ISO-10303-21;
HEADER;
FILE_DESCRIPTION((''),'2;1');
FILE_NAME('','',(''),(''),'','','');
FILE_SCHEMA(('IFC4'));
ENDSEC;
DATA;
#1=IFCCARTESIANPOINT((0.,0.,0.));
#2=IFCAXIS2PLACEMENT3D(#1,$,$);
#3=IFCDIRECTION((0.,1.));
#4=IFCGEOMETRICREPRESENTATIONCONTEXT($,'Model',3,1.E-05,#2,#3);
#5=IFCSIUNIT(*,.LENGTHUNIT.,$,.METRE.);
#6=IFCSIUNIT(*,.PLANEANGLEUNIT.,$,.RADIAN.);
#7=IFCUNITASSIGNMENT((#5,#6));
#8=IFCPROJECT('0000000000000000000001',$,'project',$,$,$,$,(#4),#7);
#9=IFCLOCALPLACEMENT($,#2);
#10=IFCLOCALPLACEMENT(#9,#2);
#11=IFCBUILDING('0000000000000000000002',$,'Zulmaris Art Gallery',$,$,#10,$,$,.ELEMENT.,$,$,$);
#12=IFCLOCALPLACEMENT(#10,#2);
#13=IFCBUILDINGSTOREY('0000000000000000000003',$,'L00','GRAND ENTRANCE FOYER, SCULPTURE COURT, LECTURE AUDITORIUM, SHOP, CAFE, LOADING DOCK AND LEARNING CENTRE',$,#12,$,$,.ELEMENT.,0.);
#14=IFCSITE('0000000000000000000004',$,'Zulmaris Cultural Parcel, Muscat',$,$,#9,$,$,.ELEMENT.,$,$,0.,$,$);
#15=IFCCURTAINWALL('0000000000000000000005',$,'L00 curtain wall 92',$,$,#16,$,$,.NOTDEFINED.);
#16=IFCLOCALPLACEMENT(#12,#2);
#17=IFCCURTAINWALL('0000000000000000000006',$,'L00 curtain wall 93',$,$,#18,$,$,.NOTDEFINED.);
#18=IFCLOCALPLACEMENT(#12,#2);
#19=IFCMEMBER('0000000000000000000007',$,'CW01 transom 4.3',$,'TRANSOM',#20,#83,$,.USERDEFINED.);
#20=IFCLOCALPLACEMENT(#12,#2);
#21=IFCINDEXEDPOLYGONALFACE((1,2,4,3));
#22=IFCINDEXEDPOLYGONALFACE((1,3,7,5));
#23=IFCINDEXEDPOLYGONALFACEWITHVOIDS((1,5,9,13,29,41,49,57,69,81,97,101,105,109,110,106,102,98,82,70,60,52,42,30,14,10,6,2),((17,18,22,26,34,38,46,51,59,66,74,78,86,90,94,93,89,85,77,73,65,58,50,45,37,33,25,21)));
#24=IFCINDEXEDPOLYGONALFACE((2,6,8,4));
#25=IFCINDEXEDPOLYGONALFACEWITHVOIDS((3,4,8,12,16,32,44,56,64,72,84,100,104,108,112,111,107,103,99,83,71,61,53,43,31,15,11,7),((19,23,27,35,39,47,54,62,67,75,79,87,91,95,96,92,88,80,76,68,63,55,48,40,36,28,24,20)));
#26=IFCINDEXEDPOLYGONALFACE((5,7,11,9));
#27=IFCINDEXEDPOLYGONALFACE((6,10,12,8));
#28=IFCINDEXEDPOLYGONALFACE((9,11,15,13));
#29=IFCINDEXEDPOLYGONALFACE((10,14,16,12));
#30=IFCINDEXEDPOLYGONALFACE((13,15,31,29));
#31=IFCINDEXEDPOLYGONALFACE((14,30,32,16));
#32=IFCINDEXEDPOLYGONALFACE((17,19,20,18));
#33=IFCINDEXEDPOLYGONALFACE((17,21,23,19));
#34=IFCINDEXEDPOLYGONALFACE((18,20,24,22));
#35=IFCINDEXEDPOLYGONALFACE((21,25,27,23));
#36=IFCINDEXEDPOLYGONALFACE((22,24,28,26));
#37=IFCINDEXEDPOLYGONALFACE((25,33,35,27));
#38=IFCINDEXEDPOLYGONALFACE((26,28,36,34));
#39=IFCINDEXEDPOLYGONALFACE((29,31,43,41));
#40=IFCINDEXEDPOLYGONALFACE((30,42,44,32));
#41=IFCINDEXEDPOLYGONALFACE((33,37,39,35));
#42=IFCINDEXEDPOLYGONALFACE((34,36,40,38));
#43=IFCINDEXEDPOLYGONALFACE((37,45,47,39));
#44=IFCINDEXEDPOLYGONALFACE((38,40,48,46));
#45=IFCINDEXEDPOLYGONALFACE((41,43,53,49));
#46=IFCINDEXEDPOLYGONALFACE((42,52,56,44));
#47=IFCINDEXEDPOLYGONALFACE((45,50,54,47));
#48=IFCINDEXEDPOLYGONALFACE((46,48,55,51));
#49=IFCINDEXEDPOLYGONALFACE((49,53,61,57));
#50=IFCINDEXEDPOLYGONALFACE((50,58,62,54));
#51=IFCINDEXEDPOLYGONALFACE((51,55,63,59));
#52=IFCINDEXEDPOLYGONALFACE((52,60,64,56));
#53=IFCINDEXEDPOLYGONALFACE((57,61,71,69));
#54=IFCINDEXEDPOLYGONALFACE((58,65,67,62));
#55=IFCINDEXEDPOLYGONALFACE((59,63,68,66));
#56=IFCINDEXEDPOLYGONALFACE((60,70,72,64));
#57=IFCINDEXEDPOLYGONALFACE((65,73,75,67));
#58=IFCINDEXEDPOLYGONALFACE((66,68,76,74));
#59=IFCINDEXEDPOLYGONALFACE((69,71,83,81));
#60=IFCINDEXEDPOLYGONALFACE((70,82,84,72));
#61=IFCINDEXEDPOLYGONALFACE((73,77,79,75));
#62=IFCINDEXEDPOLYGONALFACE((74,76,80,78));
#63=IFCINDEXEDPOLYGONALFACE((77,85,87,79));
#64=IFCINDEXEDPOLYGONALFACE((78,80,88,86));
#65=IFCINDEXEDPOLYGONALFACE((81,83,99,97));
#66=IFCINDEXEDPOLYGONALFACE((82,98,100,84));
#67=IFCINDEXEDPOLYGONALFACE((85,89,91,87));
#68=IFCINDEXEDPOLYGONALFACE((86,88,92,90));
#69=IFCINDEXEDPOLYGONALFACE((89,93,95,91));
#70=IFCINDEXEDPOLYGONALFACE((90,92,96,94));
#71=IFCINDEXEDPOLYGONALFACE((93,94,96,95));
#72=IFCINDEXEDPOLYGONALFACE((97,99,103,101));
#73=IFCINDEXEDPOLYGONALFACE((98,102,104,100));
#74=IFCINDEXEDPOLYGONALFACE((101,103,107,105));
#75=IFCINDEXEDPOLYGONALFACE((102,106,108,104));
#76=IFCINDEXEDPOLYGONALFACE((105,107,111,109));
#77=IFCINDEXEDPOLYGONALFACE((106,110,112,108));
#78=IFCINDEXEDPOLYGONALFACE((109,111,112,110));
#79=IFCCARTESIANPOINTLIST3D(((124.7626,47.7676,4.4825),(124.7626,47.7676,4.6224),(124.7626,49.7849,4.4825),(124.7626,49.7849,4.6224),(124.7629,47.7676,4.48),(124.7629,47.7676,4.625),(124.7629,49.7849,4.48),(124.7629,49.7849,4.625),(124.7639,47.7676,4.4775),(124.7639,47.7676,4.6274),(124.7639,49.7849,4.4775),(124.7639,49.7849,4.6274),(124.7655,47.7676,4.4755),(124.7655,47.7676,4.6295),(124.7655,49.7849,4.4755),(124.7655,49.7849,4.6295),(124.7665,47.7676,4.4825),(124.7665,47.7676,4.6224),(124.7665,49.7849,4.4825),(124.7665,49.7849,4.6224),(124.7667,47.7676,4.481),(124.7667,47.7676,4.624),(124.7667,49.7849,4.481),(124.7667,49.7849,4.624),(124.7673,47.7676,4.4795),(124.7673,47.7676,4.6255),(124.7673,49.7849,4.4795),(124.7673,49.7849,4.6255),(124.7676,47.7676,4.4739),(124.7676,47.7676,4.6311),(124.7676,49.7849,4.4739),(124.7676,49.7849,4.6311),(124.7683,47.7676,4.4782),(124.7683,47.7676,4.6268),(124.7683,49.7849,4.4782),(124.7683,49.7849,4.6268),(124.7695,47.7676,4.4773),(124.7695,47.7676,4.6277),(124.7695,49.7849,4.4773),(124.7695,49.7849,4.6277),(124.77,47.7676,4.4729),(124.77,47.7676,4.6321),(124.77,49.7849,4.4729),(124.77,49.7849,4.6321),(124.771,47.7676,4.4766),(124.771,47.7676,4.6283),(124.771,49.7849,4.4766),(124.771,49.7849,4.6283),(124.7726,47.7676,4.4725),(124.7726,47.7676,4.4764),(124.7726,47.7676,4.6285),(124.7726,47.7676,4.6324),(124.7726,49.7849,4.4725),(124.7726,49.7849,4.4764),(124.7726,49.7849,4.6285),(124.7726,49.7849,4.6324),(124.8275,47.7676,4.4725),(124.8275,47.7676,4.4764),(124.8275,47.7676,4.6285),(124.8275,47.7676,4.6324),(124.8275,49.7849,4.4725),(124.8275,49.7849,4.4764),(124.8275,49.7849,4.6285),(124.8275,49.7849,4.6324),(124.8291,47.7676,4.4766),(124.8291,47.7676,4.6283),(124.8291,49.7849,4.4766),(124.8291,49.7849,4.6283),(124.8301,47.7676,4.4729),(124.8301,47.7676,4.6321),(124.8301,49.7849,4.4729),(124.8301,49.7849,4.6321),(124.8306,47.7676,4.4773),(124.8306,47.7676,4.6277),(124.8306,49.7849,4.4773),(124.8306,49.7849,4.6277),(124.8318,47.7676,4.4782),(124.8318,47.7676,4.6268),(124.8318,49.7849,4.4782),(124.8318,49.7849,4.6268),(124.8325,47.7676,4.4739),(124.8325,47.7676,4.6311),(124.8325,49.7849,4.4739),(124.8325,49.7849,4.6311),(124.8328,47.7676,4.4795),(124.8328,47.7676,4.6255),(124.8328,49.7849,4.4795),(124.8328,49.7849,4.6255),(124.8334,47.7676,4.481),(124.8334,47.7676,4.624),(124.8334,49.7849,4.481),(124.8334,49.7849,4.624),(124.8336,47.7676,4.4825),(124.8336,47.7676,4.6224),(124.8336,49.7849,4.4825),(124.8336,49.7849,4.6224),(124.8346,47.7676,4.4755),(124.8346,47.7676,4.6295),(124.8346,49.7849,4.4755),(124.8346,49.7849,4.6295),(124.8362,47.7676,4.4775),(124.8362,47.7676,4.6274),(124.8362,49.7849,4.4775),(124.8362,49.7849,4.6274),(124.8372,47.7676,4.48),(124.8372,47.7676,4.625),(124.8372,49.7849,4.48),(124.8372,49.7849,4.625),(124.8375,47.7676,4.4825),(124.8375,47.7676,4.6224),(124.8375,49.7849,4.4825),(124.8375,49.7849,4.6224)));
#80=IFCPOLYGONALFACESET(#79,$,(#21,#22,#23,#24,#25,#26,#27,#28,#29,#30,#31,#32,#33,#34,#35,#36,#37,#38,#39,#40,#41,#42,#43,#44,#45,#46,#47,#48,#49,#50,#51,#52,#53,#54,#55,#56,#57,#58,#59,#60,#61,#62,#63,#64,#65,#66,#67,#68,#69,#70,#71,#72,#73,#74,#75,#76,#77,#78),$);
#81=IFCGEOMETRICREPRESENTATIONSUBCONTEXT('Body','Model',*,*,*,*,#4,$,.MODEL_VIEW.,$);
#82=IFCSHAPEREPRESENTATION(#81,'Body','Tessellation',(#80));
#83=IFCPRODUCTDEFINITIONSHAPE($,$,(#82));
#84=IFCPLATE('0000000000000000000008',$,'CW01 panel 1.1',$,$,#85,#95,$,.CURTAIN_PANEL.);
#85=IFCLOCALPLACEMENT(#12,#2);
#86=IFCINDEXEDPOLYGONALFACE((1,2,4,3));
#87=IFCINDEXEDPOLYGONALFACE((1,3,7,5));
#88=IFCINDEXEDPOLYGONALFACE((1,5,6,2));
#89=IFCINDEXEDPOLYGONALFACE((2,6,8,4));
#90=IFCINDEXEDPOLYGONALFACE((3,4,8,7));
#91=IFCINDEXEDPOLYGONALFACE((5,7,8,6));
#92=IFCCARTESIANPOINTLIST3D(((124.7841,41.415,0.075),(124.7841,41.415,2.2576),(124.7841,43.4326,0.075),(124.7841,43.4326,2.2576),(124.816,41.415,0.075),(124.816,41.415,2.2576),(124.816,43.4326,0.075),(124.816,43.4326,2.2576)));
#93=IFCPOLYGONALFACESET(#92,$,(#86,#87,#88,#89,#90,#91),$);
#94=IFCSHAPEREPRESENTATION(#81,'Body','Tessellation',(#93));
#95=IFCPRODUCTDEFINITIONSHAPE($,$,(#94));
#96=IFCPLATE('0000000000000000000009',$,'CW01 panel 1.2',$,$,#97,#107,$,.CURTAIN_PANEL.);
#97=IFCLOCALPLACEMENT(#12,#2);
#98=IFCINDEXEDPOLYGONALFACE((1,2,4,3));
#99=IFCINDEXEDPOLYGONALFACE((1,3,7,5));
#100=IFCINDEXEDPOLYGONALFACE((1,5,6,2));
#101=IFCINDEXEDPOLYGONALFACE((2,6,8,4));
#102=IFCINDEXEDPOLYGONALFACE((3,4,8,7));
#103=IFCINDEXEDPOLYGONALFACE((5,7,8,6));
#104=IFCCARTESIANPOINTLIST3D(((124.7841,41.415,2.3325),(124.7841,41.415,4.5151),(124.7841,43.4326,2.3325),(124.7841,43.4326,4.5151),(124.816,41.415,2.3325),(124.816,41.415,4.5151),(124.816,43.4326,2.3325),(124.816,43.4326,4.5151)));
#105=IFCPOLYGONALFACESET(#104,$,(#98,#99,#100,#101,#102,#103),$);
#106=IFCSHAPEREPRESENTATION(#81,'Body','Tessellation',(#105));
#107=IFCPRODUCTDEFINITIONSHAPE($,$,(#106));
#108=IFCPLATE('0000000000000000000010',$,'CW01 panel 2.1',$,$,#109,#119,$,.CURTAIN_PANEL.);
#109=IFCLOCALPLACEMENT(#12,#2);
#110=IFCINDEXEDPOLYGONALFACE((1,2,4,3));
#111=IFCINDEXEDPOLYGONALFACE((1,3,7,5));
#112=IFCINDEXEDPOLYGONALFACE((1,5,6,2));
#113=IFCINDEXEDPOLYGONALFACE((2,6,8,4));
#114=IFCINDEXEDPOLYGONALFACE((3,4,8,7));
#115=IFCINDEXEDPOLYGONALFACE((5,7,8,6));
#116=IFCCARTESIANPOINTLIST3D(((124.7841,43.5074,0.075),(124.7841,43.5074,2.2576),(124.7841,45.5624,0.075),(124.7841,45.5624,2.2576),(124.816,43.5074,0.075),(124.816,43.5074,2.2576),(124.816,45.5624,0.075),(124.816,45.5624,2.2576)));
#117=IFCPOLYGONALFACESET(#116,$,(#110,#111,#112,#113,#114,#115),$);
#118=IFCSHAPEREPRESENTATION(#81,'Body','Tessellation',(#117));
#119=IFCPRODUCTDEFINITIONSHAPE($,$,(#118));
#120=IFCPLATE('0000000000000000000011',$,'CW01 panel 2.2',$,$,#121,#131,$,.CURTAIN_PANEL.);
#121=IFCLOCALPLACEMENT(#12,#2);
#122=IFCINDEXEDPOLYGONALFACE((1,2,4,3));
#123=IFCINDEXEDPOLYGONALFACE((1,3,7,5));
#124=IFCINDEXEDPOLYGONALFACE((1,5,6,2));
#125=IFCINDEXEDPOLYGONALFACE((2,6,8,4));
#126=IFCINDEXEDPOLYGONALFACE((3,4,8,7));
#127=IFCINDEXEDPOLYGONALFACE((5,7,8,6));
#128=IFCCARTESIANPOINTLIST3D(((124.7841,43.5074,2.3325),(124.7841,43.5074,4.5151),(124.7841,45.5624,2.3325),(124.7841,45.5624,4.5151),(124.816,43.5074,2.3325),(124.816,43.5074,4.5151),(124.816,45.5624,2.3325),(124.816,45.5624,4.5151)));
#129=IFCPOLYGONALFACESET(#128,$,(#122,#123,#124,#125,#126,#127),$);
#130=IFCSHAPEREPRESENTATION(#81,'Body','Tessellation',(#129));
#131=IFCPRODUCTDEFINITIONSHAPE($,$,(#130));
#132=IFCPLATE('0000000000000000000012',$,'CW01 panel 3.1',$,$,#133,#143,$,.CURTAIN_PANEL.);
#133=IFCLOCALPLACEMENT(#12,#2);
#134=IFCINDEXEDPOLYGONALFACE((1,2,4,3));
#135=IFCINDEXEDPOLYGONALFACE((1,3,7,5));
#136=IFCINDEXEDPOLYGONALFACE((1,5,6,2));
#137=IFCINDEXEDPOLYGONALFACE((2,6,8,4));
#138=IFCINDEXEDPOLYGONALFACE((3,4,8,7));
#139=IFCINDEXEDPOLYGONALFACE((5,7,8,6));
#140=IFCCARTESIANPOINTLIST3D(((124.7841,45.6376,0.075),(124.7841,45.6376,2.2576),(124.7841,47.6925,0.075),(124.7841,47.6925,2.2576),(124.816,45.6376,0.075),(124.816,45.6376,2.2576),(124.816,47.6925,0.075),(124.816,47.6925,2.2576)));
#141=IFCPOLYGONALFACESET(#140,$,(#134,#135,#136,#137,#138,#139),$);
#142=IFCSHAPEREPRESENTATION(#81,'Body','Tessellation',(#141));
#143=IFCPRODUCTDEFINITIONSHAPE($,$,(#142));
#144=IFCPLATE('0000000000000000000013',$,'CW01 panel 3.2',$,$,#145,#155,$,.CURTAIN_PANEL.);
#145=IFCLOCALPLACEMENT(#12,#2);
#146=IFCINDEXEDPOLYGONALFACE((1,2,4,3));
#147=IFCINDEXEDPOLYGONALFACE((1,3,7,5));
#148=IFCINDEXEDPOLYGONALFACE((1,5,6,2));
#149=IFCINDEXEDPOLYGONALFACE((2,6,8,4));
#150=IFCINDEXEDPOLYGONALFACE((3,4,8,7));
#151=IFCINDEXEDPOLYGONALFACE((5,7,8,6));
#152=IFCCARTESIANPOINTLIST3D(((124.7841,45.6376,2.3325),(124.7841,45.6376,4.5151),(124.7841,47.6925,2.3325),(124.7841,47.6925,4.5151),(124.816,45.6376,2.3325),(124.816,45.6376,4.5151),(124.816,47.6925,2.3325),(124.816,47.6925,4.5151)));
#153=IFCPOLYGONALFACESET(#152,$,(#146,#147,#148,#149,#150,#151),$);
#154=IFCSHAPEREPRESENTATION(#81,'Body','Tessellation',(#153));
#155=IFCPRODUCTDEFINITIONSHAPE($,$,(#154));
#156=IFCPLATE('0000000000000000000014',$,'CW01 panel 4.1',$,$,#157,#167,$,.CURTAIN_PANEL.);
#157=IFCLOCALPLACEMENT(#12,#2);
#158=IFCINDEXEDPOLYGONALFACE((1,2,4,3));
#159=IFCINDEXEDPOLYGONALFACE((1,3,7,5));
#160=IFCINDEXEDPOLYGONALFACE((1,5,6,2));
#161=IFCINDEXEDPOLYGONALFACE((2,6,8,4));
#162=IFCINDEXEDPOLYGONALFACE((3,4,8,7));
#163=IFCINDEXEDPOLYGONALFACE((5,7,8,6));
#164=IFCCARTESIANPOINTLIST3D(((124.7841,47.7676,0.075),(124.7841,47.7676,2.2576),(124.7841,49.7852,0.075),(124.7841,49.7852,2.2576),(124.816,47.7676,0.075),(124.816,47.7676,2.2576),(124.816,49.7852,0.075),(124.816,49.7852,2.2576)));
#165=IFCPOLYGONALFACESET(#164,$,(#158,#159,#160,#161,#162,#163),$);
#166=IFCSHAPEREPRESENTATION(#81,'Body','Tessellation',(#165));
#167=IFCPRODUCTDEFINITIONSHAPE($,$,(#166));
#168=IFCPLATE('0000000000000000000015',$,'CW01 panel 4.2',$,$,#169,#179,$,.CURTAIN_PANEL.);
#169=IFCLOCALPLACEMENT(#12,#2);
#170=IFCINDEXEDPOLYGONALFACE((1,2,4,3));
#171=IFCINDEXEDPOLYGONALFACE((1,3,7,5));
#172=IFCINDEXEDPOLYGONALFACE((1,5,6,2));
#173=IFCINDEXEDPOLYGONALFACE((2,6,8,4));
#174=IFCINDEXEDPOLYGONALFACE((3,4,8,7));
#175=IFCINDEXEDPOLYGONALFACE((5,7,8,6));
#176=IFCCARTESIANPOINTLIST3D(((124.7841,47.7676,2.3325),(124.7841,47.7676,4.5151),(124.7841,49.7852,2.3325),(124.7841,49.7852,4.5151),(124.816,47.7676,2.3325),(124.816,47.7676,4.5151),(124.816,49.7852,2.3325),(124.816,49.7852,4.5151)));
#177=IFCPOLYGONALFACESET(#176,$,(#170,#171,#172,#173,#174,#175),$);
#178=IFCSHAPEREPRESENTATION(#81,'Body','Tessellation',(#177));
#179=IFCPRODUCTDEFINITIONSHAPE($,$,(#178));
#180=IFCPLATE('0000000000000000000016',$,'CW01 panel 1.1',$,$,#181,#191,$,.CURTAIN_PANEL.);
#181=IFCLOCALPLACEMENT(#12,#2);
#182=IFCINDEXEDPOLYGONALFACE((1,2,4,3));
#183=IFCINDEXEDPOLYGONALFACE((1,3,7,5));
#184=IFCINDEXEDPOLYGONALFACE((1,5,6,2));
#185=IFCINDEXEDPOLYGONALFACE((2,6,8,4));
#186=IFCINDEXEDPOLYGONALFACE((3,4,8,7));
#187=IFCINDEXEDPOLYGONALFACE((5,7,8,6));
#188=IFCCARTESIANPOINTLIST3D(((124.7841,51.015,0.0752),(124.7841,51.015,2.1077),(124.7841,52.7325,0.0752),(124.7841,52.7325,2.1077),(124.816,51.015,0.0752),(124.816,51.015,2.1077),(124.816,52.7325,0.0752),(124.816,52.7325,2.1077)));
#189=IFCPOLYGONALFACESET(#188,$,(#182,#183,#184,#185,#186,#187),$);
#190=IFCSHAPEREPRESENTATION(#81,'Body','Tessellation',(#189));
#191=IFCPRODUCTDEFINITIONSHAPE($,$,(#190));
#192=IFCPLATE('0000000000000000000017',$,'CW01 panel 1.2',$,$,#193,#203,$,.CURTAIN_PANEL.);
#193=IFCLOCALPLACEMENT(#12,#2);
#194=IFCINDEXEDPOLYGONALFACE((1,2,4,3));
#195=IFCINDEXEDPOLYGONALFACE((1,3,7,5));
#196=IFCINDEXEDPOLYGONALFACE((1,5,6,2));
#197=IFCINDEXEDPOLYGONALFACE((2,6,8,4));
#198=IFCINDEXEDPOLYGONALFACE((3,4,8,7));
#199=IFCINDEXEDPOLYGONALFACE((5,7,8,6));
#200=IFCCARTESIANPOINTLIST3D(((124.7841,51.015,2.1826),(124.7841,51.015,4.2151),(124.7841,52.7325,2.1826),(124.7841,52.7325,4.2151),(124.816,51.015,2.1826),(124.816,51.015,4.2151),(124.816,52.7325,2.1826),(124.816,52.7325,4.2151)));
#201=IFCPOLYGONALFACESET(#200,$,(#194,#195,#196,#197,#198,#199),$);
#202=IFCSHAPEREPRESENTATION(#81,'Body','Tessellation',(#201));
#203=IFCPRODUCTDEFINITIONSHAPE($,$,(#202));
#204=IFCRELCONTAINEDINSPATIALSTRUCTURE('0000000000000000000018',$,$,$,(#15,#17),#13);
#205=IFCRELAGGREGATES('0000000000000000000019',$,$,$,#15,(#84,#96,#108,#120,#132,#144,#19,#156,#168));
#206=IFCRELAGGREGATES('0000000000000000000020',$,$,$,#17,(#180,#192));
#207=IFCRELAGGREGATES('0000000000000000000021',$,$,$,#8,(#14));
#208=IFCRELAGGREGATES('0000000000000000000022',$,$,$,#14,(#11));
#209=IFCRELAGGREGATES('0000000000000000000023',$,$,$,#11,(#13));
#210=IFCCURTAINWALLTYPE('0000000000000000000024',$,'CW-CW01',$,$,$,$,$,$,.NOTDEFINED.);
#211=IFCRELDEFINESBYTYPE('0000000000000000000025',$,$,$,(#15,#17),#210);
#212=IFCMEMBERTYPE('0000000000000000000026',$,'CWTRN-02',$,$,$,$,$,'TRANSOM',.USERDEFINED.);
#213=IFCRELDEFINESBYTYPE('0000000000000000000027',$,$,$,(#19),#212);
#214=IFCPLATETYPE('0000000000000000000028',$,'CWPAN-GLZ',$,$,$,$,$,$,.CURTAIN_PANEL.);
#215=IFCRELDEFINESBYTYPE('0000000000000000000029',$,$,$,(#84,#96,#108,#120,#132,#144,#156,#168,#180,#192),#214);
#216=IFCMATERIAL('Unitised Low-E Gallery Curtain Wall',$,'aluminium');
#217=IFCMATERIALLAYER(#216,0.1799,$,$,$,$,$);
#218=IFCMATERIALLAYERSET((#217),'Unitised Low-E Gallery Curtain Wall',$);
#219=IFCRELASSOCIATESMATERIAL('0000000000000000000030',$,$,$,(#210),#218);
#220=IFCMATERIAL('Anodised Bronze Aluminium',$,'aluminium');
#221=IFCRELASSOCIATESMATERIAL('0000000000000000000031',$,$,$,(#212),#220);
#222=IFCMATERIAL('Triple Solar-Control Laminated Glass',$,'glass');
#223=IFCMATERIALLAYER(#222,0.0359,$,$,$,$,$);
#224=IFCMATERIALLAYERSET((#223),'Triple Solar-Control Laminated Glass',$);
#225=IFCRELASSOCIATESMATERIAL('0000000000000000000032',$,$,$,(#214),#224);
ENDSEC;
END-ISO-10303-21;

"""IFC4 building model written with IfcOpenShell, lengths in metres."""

from ifc_helpers import new_model, si_unit, direction, frame, origin, origin_2d, place, context, subcontext, project, spatial, rectangle, hollow_rectangle, extrude, material, layer, layer_set, material_profile, profile_set, type_object, element, aggregate, save


model = new_model("IFC4")

# Units and contexts
model_context = context("Model", 3, precision=1e-05, world=origin(), true_north=direction((0.0, 1.0)))
body_context = subcontext(model_context, "Body", "Model", "MODEL_VIEW")
ifc_project = project(units=[si_unit("LENGTHUNIT", "METRE"), si_unit("PLANEANGLEUNIT", "RADIAN")], contexts=[model_context])

# Site, building, storey
site_placement = place(None, origin())
site = spatial("IfcSite", under=ifc_project, at=site_placement, Name="Zulmaris Cultural Parcel, Muscat", CompositionType="ELEMENT", RefElevation=0.0)
building_placement = place(site_placement, origin())
building = spatial("IfcBuilding", under=site, at=building_placement, Name="Zulmaris Art Gallery", CompositionType="ELEMENT")
storey_placement = place(building_placement, origin())
storey = spatial("IfcBuildingStorey", under=building, at=storey_placement, Name="L00", Description="GRAND ENTRANCE FOYER, SCULPTURE COURT, LECTURE AUDITORIUM, SHOP, CAFE, LOADING DOCK AND LEARNING CENTRE", CompositionType="ELEMENT", Elevation=0.0)

# Curtain wall
ifc_material_1 = material(Name="Unitised Low-E Gallery Curtain Wall", Category="aluminium")
ifc_layer_1 = layer(ifc_material_1, 0.1799)
ifc_layer_set_1 = layer_set([ifc_layer_1], Name="Unitised Low-E Gallery Curtain Wall")
curtain_wall_type = type_object("IfcCurtainWallType", Name="CW-CW01", PredefinedType="NOTDEFINED", material=ifc_layer_set_1)
curtain_wall_1_placement = place(storey_placement, origin())
curtain_wall_1 = element("IfcCurtainWall", 1, at=curtain_wall_1_placement, inside=storey, type_object=curtain_wall_type, Name="L00 curtain wall 92", PredefinedType="NOTDEFINED")
ifc_material_2 = material(Name="Anodised Bronze Aluminium", Category="aluminium")

# Curtain wall
curtain_wall_2_placement = place(storey_placement, origin())
curtain_wall_2 = element("IfcCurtainWall", 2, at=curtain_wall_2_placement, inside=storey, type_object=curtain_wall_type, Name="L00 curtain wall 93", PredefinedType="NOTDEFINED")

# Member
ifc_material_profile_1 = material_profile(ifc_material_2, hollow_rectangle(XDim=0.075, YDim=0.1599, WallThickness=0.0039, InnerFilletRadius=0.0061, OuterFilletRadius=0.01, at=origin_2d()), Name="ALU 75x160x4")
ifc_profile_set_1 = profile_set([ifc_material_profile_1], Name="Anodised Bronze Aluminium")
member_type_1 = type_object("IfcMemberType", Name="CWTRN-02", ElementType="TRANSOM", PredefinedType="USERDEFINED", material=ifc_profile_set_1)
member_1_placement = place(storey_placement, frame((124.8, 47.7676, 4.5525), z_axis=(0.0, 1.0, 0.0), x_axis=(-1.0, 0.0, 0.0)))
member_1 = element("IfcMember", 3, at=member_1_placement, type_object=member_type_1, Name="CW01 transom 4.3", ObjectType="TRANSOM", PredefinedType="USERDEFINED", context=body_context, shape_type="SweptSolid", body=[
    extrude(hollow_rectangle(XDim=0.075, YDim=0.1599, WallThickness=0.0039, InnerFilletRadius=0.0061, OuterFilletRadius=0.01, at=origin_2d()), origin(), (0.0, 0.0, 1.0), 2.0173),
])

# Plates
ifc_material_3 = material(Name="Triple Solar-Control Laminated Glass", Category="glass")
ifc_layer_2 = layer(ifc_material_3, 0.0359)
ifc_layer_set_2 = layer_set([ifc_layer_2], Name="Triple Solar-Control Laminated Glass")
plate_type = type_object("IfcPlateType", Name="CWPAN-GLZ", PredefinedType="CURTAIN_PANEL", material=ifc_layer_set_2)
plate_1_placement = place(storey_placement, frame((124.8, 42.4238, 0.075), z_axis=(0.0, 0.0, 1.0), x_axis=(0.0, 1.0, 0.0)))
plate_1 = element("IfcPlate", 4, at=plate_1_placement, type_object=plate_type, Name="CW01 panel 1.1", PredefinedType="CURTAIN_PANEL", context=body_context, shape_type="SweptSolid", body=[
    extrude(rectangle(XDim=2.0176, YDim=0.032, at=origin_2d()), origin(), (0.0, 0.0, 1.0), 2.1826),
])
plate_2_placement = place(storey_placement, frame((124.8, 42.4238, 2.3325), z_axis=(0.0, 0.0, 1.0), x_axis=(0.0, 1.0, 0.0)))
plate_2 = element("IfcPlate", 5, at=plate_2_placement, type_object=plate_type, Name="CW01 panel 1.2", PredefinedType="CURTAIN_PANEL", context=body_context, shape_type="SweptSolid", body=[
    extrude(rectangle(XDim=2.0176, YDim=0.032, at=origin_2d()), origin(), (0.0, 0.0, 1.0), 2.1826),
])
plate_3_placement = place(storey_placement, frame((124.8, 44.5349, 0.075), z_axis=(0.0, 0.0, 1.0), x_axis=(0.0, 1.0, 0.0)))
plate_3 = element("IfcPlate", 6, at=plate_3_placement, type_object=plate_type, Name="CW01 panel 2.1", PredefinedType="CURTAIN_PANEL", context=body_context, shape_type="SweptSolid", body=[
    extrude(rectangle(XDim=2.0549, YDim=0.032, at=origin_2d()), origin(), (0.0, 0.0, 1.0), 2.1826),
])
plate_4_placement = place(storey_placement, frame((124.8, 44.5349, 2.3325), z_axis=(0.0, 0.0, 1.0), x_axis=(0.0, 1.0, 0.0)))
plate_4 = element("IfcPlate", 7, at=plate_4_placement, type_object=plate_type, Name="CW01 panel 2.2", PredefinedType="CURTAIN_PANEL", context=body_context, shape_type="SweptSolid", body=[
    extrude(rectangle(XDim=2.0549, YDim=0.032, at=origin_2d()), origin(), (0.0, 0.0, 1.0), 2.1826),
])
plate_5_placement = place(storey_placement, frame((124.8, 46.665, 0.075), z_axis=(0.0, 0.0, 1.0), x_axis=(0.0, 1.0, 0.0)))
plate_5 = element("IfcPlate", 8, at=plate_5_placement, type_object=plate_type, Name="CW01 panel 3.1", PredefinedType="CURTAIN_PANEL", context=body_context, shape_type="SweptSolid", body=[
    extrude(rectangle(XDim=2.0549, YDim=0.032, at=origin_2d()), origin(), (0.0, 0.0, 1.0), 2.1826),
])
plate_6_placement = place(storey_placement, frame((124.8, 46.665, 2.3325), z_axis=(0.0, 0.0, 1.0), x_axis=(0.0, 1.0, 0.0)))
plate_6 = element("IfcPlate", 9, at=plate_6_placement, type_object=plate_type, Name="CW01 panel 3.2", PredefinedType="CURTAIN_PANEL", context=body_context, shape_type="SweptSolid", body=[
    extrude(rectangle(XDim=2.0549, YDim=0.032, at=origin_2d()), origin(), (0.0, 0.0, 1.0), 2.1826),
])
plate_7_placement = place(storey_placement, frame((124.8, 48.7764, 0.075), z_axis=(0.0, 0.0, 1.0), x_axis=(0.0, 1.0, 0.0)))
plate_7 = element("IfcPlate", 10, at=plate_7_placement, type_object=plate_type, Name="CW01 panel 4.1", PredefinedType="CURTAIN_PANEL", context=body_context, shape_type="SweptSolid", body=[
    extrude(rectangle(XDim=2.0176, YDim=0.032, at=origin_2d()), origin(), (0.0, 0.0, 1.0), 2.1826),
])
plate_8_placement = place(storey_placement, frame((124.8, 48.7764, 2.3325), z_axis=(0.0, 0.0, 1.0), x_axis=(0.0, 1.0, 0.0)))
plate_8 = element("IfcPlate", 11, at=plate_8_placement, type_object=plate_type, Name="CW01 panel 4.2", PredefinedType="CURTAIN_PANEL", context=body_context, shape_type="SweptSolid", body=[
    extrude(rectangle(XDim=2.0176, YDim=0.032, at=origin_2d()), origin(), (0.0, 0.0, 1.0), 2.1826),
])
aggregate(curtain_wall_1, [plate_1, plate_2, plate_3, plate_4, plate_5, plate_6, member_1, plate_7, plate_8])
plate_9_placement = place(storey_placement, frame((124.8, 51.8738, 0.0752), z_axis=(0.0, 0.0, 1.0), x_axis=(0.0, 1.0, 0.0)))
plate_9 = element("IfcPlate", 12, at=plate_9_placement, type_object=plate_type, Name="CW01 panel 1.1", PredefinedType="CURTAIN_PANEL", context=body_context, shape_type="SweptSolid", body=[
    extrude(rectangle(XDim=1.7175, YDim=0.032, at=origin_2d()), origin(), (0.0, 0.0, 1.0), 2.0325),
])
plate_10_placement = place(storey_placement, frame((124.8, 51.8738, 2.1826), z_axis=(0.0, 0.0, 1.0), x_axis=(0.0, 1.0, 0.0)))
plate_10 = element("IfcPlate", 13, at=plate_10_placement, type_object=plate_type, Name="CW01 panel 1.2", PredefinedType="CURTAIN_PANEL", context=body_context, shape_type="SweptSolid", body=[
    extrude(rectangle(XDim=1.7175, YDim=0.032, at=origin_2d()), origin(), (0.0, 0.0, 1.0), 2.0325),
])
aggregate(curtain_wall_2, [plate_9, plate_10])

save(model, "model.ifc")
